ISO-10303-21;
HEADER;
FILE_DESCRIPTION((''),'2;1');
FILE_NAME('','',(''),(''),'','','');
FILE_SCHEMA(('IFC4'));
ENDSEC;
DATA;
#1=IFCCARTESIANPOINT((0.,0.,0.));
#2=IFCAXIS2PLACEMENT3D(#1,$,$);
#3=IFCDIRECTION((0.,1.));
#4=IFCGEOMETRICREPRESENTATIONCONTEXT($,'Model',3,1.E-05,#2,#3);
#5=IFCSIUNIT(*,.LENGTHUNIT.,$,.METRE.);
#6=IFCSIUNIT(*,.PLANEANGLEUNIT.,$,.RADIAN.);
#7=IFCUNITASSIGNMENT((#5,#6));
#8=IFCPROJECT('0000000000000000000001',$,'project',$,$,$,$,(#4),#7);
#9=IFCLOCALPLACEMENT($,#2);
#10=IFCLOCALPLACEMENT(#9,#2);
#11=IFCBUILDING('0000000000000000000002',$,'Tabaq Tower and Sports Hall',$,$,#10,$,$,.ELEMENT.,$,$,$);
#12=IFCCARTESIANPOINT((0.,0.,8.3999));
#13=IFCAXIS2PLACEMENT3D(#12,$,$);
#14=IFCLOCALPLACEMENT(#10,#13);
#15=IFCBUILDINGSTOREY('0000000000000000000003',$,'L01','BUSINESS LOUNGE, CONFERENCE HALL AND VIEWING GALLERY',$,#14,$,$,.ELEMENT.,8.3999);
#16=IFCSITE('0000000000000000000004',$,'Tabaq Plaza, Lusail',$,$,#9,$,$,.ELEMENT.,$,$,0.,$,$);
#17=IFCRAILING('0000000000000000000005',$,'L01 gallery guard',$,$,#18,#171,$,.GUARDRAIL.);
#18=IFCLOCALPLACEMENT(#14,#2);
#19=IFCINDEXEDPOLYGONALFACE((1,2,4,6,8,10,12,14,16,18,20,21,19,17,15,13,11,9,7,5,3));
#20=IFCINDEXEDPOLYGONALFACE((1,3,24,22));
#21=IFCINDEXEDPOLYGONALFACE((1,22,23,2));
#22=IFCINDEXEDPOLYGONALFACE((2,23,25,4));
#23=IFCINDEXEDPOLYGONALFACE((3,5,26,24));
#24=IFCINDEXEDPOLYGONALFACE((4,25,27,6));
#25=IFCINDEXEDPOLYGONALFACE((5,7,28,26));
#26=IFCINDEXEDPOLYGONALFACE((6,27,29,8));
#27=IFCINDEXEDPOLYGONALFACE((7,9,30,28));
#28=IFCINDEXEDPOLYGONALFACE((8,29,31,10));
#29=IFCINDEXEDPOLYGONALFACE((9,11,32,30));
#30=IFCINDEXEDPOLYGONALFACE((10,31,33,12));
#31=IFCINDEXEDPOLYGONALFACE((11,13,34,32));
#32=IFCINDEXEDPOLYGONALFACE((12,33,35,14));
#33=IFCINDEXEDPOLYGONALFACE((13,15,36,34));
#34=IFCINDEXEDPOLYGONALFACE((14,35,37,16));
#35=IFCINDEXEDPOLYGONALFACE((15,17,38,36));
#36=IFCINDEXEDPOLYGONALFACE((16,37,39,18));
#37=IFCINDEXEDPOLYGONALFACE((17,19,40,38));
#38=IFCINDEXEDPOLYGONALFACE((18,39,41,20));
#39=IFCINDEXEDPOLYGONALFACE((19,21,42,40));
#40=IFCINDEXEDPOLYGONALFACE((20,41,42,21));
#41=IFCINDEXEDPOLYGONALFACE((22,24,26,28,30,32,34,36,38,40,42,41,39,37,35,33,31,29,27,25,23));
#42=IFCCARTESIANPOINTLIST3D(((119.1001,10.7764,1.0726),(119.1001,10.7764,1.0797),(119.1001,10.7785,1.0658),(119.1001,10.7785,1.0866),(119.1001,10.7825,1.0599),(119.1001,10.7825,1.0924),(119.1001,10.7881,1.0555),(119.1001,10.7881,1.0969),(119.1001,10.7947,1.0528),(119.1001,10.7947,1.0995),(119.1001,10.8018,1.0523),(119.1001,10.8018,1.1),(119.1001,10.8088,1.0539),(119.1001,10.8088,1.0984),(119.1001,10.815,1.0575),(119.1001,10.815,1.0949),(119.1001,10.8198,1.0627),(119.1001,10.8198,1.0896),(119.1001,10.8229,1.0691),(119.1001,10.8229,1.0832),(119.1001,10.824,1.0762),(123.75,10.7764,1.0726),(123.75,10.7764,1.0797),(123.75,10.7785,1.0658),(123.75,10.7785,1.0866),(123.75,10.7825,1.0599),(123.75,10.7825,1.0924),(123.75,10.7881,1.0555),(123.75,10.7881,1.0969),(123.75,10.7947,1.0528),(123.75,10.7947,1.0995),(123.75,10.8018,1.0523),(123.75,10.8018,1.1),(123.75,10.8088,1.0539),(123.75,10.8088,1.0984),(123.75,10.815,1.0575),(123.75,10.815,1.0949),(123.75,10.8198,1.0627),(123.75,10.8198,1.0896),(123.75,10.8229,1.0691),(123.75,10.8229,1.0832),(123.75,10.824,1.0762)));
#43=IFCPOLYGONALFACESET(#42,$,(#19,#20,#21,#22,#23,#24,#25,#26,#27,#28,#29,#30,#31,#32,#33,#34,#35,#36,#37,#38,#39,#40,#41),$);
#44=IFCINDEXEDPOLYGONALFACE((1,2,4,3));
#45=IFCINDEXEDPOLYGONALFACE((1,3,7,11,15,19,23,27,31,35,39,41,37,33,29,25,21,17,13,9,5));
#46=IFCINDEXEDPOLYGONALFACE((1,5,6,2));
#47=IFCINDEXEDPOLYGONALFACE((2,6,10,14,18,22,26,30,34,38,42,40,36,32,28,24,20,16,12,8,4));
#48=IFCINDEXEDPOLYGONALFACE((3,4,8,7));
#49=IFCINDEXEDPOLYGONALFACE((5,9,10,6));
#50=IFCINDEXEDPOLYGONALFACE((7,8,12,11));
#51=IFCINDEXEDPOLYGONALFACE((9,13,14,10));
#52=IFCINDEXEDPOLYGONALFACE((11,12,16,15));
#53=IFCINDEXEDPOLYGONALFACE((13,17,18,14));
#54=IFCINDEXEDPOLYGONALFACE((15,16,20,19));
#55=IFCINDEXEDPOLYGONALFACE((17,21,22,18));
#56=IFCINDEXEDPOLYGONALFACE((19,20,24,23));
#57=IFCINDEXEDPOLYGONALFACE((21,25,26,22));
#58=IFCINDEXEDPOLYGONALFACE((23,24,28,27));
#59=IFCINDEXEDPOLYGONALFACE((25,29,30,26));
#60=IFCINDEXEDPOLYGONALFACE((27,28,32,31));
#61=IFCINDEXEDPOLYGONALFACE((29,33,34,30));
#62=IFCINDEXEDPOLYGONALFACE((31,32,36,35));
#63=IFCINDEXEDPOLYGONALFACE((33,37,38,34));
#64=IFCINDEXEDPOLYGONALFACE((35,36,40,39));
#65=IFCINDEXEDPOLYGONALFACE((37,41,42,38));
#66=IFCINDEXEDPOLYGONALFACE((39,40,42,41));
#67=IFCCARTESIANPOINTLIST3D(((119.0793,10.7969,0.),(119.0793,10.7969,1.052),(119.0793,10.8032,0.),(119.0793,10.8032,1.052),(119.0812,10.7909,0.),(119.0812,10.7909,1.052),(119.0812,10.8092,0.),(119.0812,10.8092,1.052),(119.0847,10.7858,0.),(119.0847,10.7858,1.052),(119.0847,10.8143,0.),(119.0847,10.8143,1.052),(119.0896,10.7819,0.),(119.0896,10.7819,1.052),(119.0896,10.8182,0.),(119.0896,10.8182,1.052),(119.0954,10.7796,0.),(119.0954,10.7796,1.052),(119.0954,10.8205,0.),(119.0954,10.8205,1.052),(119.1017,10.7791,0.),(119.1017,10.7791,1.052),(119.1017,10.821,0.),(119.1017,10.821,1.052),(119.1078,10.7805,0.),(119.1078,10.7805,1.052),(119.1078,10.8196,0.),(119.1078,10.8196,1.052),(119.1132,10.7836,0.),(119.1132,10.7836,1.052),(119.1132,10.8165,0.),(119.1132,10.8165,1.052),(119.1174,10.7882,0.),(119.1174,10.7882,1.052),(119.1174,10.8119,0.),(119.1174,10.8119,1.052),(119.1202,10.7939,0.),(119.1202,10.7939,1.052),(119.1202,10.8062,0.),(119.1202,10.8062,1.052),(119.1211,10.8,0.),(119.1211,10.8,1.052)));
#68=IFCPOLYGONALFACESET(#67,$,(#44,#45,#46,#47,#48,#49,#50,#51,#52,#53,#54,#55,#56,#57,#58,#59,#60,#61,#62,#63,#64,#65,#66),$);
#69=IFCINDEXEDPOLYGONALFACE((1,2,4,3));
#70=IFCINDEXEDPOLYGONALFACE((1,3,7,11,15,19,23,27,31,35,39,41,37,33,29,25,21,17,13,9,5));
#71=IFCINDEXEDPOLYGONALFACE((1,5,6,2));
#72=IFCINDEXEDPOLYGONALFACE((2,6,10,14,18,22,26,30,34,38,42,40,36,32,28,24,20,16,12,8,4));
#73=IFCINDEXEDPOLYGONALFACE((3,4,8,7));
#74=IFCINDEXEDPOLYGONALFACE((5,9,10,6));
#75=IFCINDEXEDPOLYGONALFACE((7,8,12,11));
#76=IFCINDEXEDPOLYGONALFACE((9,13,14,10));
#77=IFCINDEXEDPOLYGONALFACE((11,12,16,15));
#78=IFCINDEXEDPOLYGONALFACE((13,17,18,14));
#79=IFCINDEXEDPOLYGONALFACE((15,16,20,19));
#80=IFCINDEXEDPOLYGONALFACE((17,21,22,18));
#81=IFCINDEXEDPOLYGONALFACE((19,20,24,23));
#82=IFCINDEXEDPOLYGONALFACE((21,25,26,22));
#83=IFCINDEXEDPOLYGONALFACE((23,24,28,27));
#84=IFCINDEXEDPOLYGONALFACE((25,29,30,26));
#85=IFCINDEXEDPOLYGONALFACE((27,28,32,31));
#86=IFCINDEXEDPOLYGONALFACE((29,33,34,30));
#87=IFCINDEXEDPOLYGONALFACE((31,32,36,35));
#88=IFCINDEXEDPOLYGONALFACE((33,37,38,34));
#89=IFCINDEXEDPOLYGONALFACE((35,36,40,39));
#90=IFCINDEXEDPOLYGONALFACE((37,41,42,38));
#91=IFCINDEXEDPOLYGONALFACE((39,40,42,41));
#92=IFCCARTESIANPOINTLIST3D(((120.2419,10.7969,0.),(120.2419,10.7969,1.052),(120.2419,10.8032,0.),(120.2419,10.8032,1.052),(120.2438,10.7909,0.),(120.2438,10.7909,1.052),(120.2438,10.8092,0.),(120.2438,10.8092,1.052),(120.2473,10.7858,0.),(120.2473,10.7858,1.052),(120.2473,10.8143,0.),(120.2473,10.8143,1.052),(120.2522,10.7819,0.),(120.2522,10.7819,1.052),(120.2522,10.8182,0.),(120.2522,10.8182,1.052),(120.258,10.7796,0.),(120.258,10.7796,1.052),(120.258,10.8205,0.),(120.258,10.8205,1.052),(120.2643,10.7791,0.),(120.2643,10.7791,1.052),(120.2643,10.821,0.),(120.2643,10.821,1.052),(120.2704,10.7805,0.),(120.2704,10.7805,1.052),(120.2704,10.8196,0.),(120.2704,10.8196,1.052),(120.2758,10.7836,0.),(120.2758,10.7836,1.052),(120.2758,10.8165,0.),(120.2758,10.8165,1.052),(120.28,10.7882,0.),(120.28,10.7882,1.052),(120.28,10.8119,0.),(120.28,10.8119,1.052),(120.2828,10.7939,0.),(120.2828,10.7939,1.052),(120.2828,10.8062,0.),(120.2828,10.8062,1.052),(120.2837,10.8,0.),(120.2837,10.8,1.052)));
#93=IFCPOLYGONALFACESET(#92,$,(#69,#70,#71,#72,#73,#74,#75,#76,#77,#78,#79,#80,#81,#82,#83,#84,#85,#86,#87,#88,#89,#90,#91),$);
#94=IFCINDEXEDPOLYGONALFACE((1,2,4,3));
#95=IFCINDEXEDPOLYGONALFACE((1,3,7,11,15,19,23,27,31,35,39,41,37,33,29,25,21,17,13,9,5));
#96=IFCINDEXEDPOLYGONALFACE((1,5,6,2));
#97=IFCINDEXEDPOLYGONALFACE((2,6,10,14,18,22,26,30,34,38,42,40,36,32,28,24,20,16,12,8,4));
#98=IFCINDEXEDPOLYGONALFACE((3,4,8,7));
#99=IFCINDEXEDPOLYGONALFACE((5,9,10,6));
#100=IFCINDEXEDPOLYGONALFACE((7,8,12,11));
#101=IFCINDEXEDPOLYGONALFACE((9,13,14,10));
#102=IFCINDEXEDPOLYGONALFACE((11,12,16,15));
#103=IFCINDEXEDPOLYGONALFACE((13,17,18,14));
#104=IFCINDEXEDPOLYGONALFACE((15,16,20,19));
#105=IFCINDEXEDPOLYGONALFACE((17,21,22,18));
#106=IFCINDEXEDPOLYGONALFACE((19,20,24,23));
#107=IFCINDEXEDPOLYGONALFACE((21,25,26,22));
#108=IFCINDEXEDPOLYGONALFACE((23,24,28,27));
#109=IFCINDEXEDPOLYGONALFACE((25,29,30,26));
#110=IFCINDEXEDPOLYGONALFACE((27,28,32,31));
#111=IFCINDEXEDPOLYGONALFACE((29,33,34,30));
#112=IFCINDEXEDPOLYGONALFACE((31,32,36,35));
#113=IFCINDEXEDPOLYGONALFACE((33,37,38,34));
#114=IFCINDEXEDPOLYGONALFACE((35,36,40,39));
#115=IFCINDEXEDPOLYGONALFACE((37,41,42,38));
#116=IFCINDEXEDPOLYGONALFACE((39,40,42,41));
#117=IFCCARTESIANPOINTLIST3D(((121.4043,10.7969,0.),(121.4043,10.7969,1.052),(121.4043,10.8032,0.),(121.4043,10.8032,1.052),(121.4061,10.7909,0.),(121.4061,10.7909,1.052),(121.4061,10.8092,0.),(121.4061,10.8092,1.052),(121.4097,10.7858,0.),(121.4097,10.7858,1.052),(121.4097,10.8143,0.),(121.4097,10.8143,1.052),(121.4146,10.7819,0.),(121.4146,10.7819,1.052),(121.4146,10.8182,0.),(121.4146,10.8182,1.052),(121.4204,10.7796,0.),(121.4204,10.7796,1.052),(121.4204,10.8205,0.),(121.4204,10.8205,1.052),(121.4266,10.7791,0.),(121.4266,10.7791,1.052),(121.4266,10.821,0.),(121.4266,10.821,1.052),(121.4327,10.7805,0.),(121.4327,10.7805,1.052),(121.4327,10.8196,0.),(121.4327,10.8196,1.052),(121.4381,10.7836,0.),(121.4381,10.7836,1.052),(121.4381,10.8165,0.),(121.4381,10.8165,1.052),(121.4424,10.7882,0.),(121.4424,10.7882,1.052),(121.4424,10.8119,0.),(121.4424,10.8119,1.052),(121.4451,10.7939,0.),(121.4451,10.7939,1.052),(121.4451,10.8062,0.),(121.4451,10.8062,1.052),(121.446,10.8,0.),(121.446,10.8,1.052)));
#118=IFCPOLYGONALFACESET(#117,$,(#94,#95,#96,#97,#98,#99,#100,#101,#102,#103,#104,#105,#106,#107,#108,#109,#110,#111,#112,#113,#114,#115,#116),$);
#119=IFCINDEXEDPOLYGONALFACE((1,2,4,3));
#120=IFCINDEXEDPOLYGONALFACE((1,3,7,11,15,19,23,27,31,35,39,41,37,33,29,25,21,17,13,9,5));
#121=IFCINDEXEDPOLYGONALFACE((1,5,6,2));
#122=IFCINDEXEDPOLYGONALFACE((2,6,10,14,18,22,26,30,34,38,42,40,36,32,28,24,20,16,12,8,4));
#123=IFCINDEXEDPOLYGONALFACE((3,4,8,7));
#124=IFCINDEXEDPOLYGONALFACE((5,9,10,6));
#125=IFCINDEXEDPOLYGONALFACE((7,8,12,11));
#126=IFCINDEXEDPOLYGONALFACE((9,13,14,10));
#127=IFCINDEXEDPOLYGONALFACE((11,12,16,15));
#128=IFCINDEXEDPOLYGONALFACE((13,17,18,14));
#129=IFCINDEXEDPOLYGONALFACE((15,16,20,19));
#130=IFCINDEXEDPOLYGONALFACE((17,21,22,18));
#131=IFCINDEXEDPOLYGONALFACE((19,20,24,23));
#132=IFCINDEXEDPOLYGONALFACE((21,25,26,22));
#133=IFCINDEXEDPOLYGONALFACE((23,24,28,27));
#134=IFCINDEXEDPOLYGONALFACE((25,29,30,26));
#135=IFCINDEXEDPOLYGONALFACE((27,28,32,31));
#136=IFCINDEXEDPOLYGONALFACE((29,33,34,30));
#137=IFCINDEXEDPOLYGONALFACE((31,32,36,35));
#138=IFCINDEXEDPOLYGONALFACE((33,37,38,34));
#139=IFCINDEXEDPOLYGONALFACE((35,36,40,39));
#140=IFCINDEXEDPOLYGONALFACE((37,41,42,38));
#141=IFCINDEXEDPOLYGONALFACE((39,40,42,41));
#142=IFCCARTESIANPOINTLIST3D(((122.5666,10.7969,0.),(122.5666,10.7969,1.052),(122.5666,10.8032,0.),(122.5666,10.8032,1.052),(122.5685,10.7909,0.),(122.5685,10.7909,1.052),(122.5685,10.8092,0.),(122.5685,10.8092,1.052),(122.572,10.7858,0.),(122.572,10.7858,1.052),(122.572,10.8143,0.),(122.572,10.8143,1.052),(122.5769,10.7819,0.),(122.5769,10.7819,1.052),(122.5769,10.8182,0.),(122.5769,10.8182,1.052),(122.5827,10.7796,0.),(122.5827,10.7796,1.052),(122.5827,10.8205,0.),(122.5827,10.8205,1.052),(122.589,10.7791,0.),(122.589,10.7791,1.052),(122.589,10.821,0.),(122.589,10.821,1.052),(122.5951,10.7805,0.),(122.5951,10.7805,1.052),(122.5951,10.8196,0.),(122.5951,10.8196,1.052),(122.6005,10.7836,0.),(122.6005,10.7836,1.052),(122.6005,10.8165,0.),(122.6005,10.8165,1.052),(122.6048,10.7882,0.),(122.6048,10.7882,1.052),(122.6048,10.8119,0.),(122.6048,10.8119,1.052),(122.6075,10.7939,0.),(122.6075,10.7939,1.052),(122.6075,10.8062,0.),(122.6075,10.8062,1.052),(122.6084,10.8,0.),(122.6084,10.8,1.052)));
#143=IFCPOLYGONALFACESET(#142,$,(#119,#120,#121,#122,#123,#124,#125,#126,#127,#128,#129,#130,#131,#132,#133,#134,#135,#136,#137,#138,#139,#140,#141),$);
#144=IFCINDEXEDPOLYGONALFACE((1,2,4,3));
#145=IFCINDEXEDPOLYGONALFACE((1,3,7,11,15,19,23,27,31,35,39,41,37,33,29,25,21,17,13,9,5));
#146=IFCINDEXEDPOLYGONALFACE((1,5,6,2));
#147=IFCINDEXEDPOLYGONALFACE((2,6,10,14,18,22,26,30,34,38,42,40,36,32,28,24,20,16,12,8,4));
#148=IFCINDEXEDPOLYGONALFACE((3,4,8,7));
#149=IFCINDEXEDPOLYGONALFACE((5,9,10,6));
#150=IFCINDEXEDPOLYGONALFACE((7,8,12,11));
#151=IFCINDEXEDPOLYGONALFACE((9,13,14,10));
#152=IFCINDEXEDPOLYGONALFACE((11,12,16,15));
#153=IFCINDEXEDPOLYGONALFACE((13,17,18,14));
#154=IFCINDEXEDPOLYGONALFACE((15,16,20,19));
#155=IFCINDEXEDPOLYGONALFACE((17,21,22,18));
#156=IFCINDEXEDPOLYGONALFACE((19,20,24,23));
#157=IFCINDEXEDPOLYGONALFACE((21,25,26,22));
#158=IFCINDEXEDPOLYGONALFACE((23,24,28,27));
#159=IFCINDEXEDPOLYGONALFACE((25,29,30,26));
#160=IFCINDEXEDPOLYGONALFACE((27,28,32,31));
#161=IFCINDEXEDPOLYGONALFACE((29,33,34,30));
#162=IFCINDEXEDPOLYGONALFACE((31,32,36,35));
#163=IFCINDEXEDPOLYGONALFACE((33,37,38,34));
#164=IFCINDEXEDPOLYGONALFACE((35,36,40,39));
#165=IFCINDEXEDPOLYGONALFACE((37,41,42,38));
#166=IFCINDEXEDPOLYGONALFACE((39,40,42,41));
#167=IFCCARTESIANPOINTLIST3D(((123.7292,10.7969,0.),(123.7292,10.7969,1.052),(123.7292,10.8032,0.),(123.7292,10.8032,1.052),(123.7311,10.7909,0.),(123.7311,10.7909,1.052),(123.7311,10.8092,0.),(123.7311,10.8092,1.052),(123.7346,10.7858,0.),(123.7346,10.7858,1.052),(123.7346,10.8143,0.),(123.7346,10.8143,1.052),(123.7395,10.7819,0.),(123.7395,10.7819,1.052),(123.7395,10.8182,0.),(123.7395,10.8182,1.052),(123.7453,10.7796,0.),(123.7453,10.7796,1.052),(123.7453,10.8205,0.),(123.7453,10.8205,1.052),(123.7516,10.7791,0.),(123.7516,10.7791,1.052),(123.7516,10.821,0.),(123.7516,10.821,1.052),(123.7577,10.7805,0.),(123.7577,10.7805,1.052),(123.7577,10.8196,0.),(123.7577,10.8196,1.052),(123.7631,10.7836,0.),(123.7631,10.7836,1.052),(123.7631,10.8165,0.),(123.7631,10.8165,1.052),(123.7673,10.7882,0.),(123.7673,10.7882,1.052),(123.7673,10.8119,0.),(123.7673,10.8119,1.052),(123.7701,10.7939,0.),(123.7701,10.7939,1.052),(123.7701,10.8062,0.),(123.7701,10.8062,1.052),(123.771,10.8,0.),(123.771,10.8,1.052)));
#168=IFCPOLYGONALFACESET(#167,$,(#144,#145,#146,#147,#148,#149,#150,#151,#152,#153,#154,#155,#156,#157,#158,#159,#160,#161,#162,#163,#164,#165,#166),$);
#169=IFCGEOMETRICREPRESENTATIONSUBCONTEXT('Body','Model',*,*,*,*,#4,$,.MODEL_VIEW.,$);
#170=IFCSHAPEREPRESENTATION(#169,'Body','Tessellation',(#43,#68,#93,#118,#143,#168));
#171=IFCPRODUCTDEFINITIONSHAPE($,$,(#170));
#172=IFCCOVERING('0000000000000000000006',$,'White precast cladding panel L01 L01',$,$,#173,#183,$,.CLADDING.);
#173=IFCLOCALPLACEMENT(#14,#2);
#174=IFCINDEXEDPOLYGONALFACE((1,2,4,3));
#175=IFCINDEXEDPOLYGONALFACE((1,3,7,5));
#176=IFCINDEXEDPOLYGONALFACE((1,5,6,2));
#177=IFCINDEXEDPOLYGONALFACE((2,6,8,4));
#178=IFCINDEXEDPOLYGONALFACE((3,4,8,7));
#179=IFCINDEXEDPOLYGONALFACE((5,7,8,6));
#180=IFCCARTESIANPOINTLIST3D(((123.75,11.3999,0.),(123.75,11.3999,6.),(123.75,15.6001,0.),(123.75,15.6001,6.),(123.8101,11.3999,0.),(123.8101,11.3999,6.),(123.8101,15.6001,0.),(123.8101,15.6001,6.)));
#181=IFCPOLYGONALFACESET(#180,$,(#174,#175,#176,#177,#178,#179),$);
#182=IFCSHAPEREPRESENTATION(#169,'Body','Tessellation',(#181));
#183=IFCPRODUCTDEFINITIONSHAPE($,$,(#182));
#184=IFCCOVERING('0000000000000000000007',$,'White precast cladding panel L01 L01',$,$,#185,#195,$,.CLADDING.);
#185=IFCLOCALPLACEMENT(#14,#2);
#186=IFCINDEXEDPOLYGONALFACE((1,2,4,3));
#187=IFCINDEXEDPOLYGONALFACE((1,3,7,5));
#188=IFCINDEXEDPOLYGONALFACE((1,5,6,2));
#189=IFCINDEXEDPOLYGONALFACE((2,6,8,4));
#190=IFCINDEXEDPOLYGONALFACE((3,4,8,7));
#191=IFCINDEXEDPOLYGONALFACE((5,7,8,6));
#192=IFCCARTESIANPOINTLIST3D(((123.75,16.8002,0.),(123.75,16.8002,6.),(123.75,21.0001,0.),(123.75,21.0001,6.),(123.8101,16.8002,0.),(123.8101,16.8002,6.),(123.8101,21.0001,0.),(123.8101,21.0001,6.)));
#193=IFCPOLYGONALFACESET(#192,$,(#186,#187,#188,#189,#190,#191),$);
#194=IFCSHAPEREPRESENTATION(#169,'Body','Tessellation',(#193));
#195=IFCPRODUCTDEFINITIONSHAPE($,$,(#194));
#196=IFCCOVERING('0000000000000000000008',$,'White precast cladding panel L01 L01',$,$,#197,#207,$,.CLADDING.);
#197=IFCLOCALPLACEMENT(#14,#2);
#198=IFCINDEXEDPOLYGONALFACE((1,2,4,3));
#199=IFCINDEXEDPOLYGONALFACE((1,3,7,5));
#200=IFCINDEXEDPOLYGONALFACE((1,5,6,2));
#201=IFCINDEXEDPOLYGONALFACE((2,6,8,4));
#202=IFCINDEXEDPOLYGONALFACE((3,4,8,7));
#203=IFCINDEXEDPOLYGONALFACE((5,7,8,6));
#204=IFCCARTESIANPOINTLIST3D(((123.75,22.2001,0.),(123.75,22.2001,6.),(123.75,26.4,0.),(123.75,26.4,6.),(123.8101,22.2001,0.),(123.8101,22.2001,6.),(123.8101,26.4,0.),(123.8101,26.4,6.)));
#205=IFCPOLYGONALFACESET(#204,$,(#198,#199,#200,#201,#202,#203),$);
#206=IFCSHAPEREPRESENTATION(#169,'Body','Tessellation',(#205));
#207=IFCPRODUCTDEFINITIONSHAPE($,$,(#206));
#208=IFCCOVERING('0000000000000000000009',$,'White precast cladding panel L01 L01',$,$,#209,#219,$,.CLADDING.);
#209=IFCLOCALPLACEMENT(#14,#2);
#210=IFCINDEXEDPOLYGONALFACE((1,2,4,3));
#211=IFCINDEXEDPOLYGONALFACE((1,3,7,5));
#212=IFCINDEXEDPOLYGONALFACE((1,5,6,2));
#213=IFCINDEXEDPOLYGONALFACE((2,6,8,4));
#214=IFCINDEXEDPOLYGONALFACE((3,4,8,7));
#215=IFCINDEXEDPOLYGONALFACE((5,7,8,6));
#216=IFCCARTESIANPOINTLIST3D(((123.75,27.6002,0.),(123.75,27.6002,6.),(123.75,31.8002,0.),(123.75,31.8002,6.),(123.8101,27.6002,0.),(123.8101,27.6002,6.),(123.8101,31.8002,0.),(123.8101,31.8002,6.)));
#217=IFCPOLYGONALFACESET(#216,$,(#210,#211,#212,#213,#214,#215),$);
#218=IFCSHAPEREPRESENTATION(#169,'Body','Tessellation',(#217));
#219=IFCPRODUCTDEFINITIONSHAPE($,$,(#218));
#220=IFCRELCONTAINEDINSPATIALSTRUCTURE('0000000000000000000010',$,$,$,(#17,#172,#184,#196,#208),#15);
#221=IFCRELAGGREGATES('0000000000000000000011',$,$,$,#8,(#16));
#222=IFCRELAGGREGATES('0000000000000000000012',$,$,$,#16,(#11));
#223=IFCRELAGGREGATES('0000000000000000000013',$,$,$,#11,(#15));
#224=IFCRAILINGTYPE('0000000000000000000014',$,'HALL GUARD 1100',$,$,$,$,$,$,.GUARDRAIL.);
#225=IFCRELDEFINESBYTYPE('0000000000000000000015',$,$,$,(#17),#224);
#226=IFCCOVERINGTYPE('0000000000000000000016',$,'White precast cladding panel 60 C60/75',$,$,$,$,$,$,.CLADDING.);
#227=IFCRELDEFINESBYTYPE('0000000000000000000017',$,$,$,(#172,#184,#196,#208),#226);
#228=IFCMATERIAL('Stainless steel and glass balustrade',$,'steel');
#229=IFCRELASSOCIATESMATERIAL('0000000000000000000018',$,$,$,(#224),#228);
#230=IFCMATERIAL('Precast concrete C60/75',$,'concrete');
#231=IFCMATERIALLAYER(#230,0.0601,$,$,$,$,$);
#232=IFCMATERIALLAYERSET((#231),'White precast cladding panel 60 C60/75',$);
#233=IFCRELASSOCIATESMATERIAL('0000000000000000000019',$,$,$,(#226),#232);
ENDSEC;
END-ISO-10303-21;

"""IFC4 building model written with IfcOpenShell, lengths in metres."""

from ifc_helpers import new_model, si_unit, direction, frame, frame_2d, origin, origin_2d, place, context, subcontext, project, spatial, rectangle, circle, extrude, material, layer, layer_set, type_object, element, save


model = new_model("IFC4")

# Units and contexts
model_context = context("Model", 3, precision=1e-05, world=origin(), true_north=direction((0.0, 1.0)))
body_context = subcontext(model_context, "Body", "Model", "MODEL_VIEW")
ifc_project = project(units=[si_unit("LENGTHUNIT", "METRE"), si_unit("PLANEANGLEUNIT", "RADIAN")], contexts=[model_context])

# Site, building, storey
site_placement = place(None, origin())
site = spatial("IfcSite", under=ifc_project, at=site_placement, Name="Tabaq Plaza, Lusail", CompositionType="ELEMENT", RefElevation=0.0)
building_placement = place(site_placement, origin())
building = spatial("IfcBuilding", under=site, at=building_placement, Name="Tabaq Tower and Sports Hall", CompositionType="ELEMENT")
storey_placement = place(building_placement, frame((0.0, 0.0, 8.3999)))
storey = spatial("IfcBuildingStorey", under=building, at=storey_placement, Name="L01", Description="BUSINESS LOUNGE, CONFERENCE HALL AND VIEWING GALLERY", CompositionType="ELEMENT", Elevation=8.3999)

# Railing
ifc_material_1 = material(Name="Stainless steel and glass balustrade", Category="steel")
railing_type = type_object("IfcRailingType", Name="HALL GUARD 1100", PredefinedType="GUARDRAIL", material=ifc_material_1)
railing_placement = place(storey_placement, frame((119.1001, 10.8, 0.0)))
element("IfcRailing", 1, at=railing_placement, inside=storey, type_object=railing_type, Name="L01 gallery guard", PredefinedType="GUARDRAIL", context=body_context, shape_type="SweptSolid", body=[
    extrude(circle(Radius=0.0239, at=origin_2d()), frame((0.0, 0.0, 1.0762), z_axis=(1.0, 0.0, 0.0), x_axis=(0.0, 1.0, 0.0)), (0.0, 0.0, 1.0), 4.6499),
    extrude(circle(Radius=0.021, at=origin_2d()), origin(), (0.0, 0.0, 1.0), 1.052),
    extrude(circle(Radius=0.021, at=origin_2d()), frame((1.1626, 0.0, 0.0)), (0.0, 0.0, 1.0), 1.052),
    extrude(circle(Radius=0.021, at=origin_2d()), frame((2.325, 0.0, 0.0)), (0.0, 0.0, 1.0), 1.052),
    extrude(circle(Radius=0.021, at=origin_2d()), frame((3.4873, 0.0, 0.0)), (0.0, 0.0, 1.0), 1.052),
    extrude(circle(Radius=0.021, at=origin_2d()), frame((4.6499, 0.0, 0.0)), (0.0, 0.0, 1.0), 1.052),
])

# Coverings
ifc_material_2 = material(Name="Precast concrete C60/75", Category="concrete")
ifc_layer_1 = layer(ifc_material_2, 0.0601)
ifc_layer_set_1 = layer_set([ifc_layer_1], Name="White precast cladding panel 60 C60/75")
covering_type = type_object("IfcCoveringType", Name="White precast cladding panel 60 C60/75", PredefinedType="CLADDING", material=ifc_layer_set_1)
covering_placement = place(storey_placement, frame((123.78, 11.3999, 0.0), z_axis=(0.0, 0.0, 1.0), x_axis=(0.0, 1.0, 0.0)))
element("IfcCovering", 2, at=covering_placement, inside=storey, type_object=covering_type, Name="White precast cladding panel L01 L01", PredefinedType="CLADDING", context=body_context, shape_type="SweptSolid", body=[
    extrude(rectangle(XDim=4.2002, YDim=0.0601, at=frame_2d((2.1001, 0.0))), origin(), (0.0, 0.0, 1.0), 6.0),
])
for number, where, z_axis, x_axis, name in (
    (3, (123.78, 16.8, 0.0), (0.0, 0.0, 1.0), (0.0, 1.0, 0.0), "White precast cladding panel L01 L01"),
    (4, (123.78, 22.2, 0.0), (0.0, 0.0, 1.0), (0.0, 1.0, 0.0), "White precast cladding panel L01 L01"),
    (5, (123.78, 27.6001, 0.0), (0.0, 0.0, 1.0), (0.0, 1.0, 0.0), "White precast cladding panel L01 L01"),
):
    element("IfcCovering", number, at=place(storey_placement, frame(where, z_axis=z_axis, x_axis=x_axis)), inside=storey, type_object=covering_type, Name=name, PredefinedType="CLADDING", context=body_context, shape_type="SweptSolid", body=[
        extrude(rectangle(XDim=4.2, YDim=0.0601, at=frame_2d((2.1001, 0.0))), origin(), (0.0, 0.0, 1.0), 6.0),
    ])

save(model, "model.ifc")
